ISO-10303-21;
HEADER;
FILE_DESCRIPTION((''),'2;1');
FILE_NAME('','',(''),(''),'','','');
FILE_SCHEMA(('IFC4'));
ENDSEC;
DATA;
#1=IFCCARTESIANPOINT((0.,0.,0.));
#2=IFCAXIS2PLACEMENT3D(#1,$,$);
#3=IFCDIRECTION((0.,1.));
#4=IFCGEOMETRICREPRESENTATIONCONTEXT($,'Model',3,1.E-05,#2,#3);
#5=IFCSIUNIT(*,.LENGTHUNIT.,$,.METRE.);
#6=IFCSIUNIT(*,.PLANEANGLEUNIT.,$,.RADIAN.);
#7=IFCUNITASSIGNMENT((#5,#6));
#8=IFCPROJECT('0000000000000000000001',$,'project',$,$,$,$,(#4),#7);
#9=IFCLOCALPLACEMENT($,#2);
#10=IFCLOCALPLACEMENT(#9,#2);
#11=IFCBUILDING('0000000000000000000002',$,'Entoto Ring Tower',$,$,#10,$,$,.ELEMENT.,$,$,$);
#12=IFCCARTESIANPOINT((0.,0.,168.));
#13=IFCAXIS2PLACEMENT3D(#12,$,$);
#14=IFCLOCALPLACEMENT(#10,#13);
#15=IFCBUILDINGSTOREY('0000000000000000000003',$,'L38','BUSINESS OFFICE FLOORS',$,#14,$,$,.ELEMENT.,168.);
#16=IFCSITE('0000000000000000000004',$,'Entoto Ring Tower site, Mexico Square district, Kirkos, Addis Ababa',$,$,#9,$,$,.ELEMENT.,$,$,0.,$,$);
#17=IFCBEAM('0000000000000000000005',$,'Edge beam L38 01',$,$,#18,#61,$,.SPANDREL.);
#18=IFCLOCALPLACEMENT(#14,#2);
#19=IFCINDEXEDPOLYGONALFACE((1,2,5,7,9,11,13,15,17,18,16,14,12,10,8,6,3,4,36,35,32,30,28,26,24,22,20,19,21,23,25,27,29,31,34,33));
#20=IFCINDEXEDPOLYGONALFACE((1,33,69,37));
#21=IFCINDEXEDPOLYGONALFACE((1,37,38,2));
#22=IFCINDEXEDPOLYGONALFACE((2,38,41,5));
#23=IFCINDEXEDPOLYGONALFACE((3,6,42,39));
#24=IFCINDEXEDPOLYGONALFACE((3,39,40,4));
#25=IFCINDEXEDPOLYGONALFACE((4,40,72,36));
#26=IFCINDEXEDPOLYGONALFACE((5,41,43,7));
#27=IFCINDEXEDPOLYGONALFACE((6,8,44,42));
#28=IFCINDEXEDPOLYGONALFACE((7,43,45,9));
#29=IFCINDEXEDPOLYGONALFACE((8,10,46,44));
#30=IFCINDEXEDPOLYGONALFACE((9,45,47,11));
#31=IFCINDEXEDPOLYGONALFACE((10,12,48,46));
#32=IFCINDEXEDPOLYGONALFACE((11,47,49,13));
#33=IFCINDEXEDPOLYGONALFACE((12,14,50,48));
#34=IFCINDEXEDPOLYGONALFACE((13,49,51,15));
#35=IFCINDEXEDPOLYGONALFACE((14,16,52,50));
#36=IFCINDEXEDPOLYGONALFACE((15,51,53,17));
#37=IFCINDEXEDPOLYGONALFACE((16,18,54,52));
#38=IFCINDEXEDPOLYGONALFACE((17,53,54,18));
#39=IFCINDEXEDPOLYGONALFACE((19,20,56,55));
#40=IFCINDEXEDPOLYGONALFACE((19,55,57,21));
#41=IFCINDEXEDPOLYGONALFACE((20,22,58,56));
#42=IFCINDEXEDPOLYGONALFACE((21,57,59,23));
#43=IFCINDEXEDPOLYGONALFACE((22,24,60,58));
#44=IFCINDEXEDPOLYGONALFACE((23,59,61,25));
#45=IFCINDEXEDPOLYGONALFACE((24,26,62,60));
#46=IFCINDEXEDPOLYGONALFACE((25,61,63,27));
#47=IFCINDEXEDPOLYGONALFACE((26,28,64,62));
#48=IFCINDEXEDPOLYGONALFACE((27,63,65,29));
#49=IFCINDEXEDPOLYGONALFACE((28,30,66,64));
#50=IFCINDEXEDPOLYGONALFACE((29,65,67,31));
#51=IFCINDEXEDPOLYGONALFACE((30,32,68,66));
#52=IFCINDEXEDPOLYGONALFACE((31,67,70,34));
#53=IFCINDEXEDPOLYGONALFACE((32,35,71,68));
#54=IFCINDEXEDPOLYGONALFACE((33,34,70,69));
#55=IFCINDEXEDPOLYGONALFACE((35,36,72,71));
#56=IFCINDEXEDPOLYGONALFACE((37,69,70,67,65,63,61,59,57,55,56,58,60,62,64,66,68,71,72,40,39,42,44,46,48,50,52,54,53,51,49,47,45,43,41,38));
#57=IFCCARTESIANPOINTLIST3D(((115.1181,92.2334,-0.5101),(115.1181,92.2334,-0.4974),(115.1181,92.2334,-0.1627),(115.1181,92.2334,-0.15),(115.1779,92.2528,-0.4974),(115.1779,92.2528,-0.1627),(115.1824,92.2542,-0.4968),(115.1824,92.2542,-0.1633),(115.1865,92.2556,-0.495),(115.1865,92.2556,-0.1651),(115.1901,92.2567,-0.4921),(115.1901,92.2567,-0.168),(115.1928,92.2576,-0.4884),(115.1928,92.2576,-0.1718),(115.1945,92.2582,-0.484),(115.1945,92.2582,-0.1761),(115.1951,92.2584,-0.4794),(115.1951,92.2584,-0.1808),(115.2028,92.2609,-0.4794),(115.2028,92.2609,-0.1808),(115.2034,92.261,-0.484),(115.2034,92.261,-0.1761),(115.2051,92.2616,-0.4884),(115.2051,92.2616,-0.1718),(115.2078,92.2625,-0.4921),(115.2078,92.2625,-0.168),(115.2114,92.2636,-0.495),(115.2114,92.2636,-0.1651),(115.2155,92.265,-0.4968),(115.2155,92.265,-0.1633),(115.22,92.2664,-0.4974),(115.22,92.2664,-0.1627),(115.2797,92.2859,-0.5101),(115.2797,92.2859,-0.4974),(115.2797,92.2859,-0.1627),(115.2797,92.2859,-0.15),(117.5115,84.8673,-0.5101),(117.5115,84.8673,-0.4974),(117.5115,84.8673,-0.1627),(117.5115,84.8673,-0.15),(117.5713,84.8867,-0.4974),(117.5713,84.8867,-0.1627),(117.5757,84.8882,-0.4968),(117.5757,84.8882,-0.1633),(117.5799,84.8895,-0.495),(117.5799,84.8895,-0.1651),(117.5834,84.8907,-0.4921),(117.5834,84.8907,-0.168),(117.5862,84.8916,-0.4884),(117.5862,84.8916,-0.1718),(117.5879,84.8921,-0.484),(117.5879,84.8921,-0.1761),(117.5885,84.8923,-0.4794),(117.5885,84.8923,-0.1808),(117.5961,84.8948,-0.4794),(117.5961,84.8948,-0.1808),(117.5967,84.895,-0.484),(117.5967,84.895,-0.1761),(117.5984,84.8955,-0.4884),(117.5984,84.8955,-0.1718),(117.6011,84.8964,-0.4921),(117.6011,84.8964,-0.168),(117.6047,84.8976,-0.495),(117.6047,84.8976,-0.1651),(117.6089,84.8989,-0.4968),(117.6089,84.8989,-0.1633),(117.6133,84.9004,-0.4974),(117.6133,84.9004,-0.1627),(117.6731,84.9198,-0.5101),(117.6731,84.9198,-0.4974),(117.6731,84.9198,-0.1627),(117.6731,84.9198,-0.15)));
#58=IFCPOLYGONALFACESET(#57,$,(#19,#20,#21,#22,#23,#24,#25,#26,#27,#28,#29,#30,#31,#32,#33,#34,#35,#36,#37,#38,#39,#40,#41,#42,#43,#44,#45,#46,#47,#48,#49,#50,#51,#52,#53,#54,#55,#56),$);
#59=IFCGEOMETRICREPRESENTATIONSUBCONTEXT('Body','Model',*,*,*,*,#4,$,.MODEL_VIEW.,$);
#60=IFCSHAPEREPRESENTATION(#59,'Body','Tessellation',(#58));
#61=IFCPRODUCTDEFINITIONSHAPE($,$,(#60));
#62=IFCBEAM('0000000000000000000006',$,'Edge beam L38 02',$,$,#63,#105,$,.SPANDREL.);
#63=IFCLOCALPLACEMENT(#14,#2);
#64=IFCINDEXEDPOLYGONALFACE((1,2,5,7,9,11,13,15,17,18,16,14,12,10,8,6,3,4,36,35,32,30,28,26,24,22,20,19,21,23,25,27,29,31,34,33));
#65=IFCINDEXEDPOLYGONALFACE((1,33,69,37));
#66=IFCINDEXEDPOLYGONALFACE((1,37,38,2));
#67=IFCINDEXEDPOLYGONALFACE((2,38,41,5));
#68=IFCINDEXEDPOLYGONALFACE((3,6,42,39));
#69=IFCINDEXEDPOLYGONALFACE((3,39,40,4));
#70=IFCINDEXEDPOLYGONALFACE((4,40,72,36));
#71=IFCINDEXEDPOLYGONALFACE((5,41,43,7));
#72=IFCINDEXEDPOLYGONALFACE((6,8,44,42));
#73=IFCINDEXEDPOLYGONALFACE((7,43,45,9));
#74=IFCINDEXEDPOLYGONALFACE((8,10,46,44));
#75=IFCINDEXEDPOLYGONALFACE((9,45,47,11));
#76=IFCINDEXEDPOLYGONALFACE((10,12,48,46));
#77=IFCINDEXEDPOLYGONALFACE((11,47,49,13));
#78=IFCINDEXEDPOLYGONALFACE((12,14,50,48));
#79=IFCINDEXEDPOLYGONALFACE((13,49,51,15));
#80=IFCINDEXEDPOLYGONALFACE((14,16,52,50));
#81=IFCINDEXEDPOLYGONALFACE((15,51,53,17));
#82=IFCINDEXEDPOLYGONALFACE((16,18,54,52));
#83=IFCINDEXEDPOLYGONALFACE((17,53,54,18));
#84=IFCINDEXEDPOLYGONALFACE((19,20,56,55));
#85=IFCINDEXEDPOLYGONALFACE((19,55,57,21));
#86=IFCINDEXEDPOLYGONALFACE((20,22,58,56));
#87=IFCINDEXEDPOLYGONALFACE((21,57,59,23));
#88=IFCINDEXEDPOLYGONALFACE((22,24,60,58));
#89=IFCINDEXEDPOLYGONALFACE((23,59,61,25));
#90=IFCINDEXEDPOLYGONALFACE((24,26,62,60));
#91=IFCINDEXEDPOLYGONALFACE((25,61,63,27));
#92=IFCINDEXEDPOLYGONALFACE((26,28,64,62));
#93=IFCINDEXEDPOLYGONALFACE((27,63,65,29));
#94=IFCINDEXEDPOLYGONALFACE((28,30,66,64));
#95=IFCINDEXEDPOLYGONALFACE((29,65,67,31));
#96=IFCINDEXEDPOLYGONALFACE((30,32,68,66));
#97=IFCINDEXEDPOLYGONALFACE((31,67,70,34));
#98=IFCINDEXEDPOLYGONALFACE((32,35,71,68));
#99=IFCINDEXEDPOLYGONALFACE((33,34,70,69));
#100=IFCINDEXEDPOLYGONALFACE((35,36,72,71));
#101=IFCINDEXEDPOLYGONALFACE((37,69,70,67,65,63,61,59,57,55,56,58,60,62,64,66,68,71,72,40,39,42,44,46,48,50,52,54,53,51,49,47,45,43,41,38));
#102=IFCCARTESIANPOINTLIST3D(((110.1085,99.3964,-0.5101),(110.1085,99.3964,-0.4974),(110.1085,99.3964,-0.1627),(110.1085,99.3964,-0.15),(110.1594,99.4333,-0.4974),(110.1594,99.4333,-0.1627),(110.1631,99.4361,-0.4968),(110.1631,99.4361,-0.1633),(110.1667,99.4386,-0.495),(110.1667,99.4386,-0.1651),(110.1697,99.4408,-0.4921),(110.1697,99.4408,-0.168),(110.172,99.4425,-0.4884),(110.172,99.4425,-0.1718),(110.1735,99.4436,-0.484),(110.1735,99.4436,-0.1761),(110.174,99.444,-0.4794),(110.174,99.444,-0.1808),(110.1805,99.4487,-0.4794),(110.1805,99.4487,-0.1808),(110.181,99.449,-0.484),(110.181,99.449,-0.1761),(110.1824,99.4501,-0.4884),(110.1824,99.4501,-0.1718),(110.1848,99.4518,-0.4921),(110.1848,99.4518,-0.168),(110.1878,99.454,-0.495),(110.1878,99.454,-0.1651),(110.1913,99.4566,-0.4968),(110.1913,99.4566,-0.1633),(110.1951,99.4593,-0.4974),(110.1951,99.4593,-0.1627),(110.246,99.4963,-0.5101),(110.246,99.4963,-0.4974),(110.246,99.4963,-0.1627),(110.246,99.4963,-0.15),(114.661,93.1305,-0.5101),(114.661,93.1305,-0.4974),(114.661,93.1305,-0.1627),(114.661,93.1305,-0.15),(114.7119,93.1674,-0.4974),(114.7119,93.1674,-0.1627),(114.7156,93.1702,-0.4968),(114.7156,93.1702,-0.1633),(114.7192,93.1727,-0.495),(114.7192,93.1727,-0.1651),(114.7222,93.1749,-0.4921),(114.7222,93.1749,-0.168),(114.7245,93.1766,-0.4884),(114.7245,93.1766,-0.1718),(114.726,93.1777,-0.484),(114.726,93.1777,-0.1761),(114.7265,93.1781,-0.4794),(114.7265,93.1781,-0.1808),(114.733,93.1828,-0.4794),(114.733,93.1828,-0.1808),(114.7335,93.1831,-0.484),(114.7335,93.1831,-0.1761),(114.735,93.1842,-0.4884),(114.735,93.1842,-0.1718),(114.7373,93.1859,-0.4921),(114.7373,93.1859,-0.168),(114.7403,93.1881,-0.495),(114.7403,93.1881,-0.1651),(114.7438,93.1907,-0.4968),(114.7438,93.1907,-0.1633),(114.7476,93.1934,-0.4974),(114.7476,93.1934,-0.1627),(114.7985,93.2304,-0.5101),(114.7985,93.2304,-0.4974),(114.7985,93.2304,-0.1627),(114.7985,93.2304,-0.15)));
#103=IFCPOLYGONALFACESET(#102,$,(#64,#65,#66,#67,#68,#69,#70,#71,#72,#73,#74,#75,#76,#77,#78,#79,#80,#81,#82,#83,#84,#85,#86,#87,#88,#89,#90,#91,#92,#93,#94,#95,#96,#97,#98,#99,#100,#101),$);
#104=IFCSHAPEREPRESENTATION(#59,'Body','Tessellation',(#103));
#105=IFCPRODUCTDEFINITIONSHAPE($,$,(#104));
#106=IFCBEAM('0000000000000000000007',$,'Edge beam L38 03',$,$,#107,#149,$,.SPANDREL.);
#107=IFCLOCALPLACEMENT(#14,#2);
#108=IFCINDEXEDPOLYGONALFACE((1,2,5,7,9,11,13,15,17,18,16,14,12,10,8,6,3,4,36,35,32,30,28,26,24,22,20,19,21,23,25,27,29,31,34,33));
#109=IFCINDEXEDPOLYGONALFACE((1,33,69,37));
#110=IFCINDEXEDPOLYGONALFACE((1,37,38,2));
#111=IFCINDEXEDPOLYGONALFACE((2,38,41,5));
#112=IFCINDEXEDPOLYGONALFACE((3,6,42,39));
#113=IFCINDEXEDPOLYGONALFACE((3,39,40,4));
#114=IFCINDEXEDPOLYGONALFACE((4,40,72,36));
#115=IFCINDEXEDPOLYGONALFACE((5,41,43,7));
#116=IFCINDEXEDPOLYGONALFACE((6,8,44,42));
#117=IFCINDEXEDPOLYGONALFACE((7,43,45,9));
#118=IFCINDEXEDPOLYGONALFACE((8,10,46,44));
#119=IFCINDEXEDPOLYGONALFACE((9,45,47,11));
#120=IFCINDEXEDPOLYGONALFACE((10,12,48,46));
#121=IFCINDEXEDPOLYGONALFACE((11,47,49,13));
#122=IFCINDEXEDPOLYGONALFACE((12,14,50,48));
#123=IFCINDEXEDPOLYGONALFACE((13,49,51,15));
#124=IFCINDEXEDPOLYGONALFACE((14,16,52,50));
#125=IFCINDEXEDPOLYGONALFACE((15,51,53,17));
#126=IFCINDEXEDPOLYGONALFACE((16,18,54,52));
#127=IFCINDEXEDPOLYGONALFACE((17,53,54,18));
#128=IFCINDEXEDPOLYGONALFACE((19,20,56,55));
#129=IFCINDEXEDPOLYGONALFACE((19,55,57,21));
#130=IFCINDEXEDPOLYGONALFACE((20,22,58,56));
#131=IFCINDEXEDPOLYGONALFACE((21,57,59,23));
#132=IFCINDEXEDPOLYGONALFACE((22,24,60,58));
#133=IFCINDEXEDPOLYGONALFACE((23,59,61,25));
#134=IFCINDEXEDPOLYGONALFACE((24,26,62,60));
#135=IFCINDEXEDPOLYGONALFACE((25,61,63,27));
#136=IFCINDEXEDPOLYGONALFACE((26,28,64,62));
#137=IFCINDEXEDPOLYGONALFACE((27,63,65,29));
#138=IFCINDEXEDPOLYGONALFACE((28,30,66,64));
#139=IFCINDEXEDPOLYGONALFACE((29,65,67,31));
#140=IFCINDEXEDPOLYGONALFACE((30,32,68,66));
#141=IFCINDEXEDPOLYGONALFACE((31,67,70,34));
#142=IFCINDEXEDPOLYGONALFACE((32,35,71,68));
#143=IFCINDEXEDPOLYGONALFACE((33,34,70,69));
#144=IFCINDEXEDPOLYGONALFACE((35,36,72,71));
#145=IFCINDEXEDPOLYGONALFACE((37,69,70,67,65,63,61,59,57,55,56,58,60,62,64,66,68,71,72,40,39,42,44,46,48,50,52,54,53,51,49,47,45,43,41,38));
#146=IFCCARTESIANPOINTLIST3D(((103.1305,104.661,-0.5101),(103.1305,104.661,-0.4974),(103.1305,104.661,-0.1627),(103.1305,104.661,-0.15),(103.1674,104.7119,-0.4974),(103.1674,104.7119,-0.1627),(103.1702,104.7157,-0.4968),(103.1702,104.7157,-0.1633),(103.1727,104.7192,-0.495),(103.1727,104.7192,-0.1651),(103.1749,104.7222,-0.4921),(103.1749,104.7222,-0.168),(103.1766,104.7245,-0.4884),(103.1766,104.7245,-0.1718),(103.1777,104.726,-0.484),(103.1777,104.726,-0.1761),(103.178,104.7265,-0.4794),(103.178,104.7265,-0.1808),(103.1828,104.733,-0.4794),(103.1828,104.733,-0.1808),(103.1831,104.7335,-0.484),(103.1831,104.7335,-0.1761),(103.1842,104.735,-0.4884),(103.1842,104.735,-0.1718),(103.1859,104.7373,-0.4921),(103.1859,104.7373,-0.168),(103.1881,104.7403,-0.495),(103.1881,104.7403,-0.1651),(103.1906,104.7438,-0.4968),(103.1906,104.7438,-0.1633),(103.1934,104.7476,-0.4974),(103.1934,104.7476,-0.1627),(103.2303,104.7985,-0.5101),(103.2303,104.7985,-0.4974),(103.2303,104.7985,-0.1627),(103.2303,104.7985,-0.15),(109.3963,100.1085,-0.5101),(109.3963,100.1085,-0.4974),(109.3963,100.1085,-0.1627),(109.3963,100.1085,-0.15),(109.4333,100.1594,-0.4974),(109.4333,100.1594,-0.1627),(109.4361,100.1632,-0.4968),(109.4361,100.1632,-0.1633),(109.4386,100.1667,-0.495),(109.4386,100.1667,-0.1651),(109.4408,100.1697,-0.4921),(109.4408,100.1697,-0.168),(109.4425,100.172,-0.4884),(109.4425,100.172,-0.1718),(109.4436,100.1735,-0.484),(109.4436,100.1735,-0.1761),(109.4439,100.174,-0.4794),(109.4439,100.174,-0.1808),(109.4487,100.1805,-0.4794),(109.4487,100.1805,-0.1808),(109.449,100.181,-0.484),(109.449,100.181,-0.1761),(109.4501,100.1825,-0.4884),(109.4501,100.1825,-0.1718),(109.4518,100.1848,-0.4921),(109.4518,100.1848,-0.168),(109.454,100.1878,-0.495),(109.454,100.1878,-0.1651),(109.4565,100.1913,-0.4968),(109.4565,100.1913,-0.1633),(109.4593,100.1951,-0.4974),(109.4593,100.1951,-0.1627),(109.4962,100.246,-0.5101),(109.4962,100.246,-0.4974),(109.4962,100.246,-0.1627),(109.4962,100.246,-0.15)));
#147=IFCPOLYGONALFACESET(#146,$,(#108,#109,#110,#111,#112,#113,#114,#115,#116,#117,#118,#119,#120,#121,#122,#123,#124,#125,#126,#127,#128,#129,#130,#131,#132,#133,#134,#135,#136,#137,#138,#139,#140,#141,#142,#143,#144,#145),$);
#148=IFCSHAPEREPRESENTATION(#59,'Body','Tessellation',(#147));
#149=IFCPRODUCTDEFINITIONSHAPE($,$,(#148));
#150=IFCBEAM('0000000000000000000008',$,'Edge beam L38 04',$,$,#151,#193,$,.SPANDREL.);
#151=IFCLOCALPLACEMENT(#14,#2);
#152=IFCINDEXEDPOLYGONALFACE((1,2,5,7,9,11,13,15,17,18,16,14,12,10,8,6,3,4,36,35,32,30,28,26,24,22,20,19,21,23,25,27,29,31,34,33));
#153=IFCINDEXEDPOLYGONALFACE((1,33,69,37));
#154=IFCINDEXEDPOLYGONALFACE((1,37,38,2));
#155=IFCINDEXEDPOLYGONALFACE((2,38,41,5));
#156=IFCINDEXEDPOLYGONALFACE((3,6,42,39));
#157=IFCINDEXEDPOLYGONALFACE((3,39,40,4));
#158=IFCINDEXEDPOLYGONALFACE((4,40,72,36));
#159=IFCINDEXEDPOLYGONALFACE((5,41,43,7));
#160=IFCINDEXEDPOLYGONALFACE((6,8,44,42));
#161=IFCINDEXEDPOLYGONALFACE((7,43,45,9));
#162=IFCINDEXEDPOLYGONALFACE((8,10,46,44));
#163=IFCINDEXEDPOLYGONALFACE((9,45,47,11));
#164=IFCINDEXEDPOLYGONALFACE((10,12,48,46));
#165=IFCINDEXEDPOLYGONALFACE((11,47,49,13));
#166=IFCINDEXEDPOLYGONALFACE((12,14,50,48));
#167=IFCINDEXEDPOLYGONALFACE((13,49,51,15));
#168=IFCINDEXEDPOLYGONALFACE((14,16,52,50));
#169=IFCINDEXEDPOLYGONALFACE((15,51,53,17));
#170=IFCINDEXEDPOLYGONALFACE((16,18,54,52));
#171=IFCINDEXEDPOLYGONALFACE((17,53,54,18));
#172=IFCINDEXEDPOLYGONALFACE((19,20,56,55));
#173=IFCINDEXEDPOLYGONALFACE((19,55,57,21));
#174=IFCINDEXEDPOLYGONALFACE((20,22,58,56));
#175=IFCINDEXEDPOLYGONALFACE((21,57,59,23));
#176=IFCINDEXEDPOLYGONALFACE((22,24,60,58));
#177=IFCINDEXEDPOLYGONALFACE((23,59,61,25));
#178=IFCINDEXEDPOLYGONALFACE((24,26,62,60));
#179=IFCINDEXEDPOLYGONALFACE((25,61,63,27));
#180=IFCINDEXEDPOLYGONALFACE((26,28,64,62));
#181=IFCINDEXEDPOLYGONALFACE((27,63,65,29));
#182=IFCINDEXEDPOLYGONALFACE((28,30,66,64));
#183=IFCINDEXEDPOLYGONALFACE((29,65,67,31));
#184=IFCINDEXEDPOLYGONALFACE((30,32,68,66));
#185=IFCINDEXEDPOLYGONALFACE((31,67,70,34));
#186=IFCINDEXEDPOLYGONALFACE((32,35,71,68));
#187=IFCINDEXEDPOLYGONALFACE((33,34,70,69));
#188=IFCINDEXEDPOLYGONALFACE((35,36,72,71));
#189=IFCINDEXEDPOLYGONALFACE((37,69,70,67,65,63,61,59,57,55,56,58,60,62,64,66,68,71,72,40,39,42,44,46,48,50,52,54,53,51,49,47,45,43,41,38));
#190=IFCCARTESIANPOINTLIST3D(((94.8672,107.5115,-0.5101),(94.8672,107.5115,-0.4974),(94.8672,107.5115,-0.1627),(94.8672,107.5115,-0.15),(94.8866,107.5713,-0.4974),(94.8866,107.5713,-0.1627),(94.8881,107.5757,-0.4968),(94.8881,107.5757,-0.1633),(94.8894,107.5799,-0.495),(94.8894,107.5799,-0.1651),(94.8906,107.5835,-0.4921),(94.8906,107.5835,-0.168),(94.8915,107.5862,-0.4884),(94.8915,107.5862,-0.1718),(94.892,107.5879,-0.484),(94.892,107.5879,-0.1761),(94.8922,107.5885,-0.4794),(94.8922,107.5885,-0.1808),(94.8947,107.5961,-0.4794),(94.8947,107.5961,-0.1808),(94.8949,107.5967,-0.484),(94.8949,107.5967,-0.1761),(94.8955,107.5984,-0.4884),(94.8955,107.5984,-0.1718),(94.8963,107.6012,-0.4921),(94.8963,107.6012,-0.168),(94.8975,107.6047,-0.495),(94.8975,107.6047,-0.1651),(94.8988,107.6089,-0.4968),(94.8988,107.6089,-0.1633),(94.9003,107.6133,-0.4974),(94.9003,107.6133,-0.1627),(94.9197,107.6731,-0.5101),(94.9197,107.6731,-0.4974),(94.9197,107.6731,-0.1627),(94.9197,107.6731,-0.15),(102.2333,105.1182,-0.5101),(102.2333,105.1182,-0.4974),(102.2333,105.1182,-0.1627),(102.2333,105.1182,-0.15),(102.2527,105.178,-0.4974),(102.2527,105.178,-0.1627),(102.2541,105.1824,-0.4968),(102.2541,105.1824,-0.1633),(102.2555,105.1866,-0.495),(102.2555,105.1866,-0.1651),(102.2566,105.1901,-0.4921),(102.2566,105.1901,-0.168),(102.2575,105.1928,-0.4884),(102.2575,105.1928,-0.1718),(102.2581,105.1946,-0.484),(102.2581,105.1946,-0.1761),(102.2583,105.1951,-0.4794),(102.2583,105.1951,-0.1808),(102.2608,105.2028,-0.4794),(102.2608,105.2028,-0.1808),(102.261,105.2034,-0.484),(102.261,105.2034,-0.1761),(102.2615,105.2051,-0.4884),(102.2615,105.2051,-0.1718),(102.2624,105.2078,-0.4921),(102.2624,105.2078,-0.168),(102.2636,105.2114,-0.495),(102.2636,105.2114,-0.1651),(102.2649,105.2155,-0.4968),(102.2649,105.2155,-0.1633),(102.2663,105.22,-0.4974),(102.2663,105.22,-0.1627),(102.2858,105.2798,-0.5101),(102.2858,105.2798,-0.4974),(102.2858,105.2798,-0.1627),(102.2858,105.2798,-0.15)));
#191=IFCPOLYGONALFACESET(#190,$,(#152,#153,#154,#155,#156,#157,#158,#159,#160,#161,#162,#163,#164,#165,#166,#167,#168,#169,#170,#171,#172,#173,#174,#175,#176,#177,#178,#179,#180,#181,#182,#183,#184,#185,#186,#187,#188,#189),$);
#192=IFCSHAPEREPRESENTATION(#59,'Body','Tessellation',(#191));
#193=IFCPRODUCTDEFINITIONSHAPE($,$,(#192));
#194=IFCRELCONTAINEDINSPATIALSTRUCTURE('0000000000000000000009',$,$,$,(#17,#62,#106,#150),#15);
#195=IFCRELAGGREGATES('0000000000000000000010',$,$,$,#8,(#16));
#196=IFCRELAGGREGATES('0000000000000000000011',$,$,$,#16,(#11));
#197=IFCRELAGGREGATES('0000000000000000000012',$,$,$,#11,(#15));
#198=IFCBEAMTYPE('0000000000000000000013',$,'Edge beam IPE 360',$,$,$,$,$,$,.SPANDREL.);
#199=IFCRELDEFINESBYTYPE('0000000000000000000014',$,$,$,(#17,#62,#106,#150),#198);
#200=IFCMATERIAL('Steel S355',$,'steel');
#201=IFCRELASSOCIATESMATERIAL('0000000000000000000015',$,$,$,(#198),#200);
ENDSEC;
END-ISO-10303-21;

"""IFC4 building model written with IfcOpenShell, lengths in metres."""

from ifc_helpers import new_model, si_unit, direction, frame, origin, origin_2d, place, context, subcontext, project, spatial, i_section, extrude, material, material_profile, profile_set, type_object, element, save


model = new_model("IFC4")

# Units and contexts
model_context = context("Model", 3, precision=1e-05, world=origin(), true_north=direction((0.0, 1.0)))
body_context = subcontext(model_context, "Body", "Model", "MODEL_VIEW")
ifc_project = project(units=[si_unit("LENGTHUNIT", "METRE"), si_unit("PLANEANGLEUNIT", "RADIAN")], contexts=[model_context])

# Site, building, storey
site_placement = place(None, origin())
site = spatial("IfcSite", under=ifc_project, at=site_placement, Name="Entoto Ring Tower site, Mexico Square district, Kirkos, Addis Ababa", CompositionType="ELEMENT", RefElevation=0.0)
building_placement = place(site_placement, origin())
building = spatial("IfcBuilding", under=site, at=building_placement, Name="Entoto Ring Tower", CompositionType="ELEMENT")
storey_placement = place(building_placement, frame((0.0, 0.0, 168.0)))
storey = spatial("IfcBuildingStorey", under=building, at=storey_placement, Name="L38", Description="BUSINESS OFFICE FLOORS", CompositionType="ELEMENT", Elevation=168.0)

# Beams
ifc_material_1 = material(Name="Steel S355", Category="steel")
ifc_material_profile_1 = material_profile(ifc_material_1, i_section(OverallWidth=0.1699, OverallDepth=0.3601, WebThickness=0.0081, FlangeThickness=0.0127, FilletRadius=0.0181, at=origin_2d()), Name="IPE 360")
ifc_profile_set_1 = profile_set([ifc_material_profile_1], Name="Steel S355")
beam_type_1 = type_object("IfcBeamType", Name="Edge beam IPE 360", PredefinedType="SPANDREL", material=ifc_profile_set_1)
for number, where, z_axis, x_axis, name in (
    (1, (117.5923, 84.8936, -0.3301), (-0.309013, 0.951058, 0.0), (-0.951058, -0.309013, 0.0), "Edge beam L38 01"),
    (2, (114.7297, 93.1804, -0.3301), (-0.587791, 0.809013, 0.0), (-0.809013, -0.587791, 0.0), "Edge beam L38 02"),
    (3, (109.4463, 100.1772, -0.3301), (-0.809013, 0.587791, 0.0), (-0.587791, -0.809013, 0.0), "Edge beam L38 03"),
    (4, (102.2595, 105.199, -0.3301), (-0.951058, 0.309013, 0.0), (-0.309013, -0.951058, 0.0), "Edge beam L38 04"),
):
    element("IfcBeam", number, at=place(storey_placement, frame(where, z_axis=z_axis, x_axis=x_axis)), inside=storey, type_object=beam_type_1, Name=name, PredefinedType="SPANDREL", context=body_context, shape_type="SweptSolid", body=[
        extrude(i_section(OverallWidth=0.1699, OverallDepth=0.3601, WebThickness=0.0081, FlangeThickness=0.0127, FilletRadius=0.0181, at=origin_2d()), origin(), (0.0, 0.0, 1.0), 7.7451),
    ])

save(model, "model.ifc")
